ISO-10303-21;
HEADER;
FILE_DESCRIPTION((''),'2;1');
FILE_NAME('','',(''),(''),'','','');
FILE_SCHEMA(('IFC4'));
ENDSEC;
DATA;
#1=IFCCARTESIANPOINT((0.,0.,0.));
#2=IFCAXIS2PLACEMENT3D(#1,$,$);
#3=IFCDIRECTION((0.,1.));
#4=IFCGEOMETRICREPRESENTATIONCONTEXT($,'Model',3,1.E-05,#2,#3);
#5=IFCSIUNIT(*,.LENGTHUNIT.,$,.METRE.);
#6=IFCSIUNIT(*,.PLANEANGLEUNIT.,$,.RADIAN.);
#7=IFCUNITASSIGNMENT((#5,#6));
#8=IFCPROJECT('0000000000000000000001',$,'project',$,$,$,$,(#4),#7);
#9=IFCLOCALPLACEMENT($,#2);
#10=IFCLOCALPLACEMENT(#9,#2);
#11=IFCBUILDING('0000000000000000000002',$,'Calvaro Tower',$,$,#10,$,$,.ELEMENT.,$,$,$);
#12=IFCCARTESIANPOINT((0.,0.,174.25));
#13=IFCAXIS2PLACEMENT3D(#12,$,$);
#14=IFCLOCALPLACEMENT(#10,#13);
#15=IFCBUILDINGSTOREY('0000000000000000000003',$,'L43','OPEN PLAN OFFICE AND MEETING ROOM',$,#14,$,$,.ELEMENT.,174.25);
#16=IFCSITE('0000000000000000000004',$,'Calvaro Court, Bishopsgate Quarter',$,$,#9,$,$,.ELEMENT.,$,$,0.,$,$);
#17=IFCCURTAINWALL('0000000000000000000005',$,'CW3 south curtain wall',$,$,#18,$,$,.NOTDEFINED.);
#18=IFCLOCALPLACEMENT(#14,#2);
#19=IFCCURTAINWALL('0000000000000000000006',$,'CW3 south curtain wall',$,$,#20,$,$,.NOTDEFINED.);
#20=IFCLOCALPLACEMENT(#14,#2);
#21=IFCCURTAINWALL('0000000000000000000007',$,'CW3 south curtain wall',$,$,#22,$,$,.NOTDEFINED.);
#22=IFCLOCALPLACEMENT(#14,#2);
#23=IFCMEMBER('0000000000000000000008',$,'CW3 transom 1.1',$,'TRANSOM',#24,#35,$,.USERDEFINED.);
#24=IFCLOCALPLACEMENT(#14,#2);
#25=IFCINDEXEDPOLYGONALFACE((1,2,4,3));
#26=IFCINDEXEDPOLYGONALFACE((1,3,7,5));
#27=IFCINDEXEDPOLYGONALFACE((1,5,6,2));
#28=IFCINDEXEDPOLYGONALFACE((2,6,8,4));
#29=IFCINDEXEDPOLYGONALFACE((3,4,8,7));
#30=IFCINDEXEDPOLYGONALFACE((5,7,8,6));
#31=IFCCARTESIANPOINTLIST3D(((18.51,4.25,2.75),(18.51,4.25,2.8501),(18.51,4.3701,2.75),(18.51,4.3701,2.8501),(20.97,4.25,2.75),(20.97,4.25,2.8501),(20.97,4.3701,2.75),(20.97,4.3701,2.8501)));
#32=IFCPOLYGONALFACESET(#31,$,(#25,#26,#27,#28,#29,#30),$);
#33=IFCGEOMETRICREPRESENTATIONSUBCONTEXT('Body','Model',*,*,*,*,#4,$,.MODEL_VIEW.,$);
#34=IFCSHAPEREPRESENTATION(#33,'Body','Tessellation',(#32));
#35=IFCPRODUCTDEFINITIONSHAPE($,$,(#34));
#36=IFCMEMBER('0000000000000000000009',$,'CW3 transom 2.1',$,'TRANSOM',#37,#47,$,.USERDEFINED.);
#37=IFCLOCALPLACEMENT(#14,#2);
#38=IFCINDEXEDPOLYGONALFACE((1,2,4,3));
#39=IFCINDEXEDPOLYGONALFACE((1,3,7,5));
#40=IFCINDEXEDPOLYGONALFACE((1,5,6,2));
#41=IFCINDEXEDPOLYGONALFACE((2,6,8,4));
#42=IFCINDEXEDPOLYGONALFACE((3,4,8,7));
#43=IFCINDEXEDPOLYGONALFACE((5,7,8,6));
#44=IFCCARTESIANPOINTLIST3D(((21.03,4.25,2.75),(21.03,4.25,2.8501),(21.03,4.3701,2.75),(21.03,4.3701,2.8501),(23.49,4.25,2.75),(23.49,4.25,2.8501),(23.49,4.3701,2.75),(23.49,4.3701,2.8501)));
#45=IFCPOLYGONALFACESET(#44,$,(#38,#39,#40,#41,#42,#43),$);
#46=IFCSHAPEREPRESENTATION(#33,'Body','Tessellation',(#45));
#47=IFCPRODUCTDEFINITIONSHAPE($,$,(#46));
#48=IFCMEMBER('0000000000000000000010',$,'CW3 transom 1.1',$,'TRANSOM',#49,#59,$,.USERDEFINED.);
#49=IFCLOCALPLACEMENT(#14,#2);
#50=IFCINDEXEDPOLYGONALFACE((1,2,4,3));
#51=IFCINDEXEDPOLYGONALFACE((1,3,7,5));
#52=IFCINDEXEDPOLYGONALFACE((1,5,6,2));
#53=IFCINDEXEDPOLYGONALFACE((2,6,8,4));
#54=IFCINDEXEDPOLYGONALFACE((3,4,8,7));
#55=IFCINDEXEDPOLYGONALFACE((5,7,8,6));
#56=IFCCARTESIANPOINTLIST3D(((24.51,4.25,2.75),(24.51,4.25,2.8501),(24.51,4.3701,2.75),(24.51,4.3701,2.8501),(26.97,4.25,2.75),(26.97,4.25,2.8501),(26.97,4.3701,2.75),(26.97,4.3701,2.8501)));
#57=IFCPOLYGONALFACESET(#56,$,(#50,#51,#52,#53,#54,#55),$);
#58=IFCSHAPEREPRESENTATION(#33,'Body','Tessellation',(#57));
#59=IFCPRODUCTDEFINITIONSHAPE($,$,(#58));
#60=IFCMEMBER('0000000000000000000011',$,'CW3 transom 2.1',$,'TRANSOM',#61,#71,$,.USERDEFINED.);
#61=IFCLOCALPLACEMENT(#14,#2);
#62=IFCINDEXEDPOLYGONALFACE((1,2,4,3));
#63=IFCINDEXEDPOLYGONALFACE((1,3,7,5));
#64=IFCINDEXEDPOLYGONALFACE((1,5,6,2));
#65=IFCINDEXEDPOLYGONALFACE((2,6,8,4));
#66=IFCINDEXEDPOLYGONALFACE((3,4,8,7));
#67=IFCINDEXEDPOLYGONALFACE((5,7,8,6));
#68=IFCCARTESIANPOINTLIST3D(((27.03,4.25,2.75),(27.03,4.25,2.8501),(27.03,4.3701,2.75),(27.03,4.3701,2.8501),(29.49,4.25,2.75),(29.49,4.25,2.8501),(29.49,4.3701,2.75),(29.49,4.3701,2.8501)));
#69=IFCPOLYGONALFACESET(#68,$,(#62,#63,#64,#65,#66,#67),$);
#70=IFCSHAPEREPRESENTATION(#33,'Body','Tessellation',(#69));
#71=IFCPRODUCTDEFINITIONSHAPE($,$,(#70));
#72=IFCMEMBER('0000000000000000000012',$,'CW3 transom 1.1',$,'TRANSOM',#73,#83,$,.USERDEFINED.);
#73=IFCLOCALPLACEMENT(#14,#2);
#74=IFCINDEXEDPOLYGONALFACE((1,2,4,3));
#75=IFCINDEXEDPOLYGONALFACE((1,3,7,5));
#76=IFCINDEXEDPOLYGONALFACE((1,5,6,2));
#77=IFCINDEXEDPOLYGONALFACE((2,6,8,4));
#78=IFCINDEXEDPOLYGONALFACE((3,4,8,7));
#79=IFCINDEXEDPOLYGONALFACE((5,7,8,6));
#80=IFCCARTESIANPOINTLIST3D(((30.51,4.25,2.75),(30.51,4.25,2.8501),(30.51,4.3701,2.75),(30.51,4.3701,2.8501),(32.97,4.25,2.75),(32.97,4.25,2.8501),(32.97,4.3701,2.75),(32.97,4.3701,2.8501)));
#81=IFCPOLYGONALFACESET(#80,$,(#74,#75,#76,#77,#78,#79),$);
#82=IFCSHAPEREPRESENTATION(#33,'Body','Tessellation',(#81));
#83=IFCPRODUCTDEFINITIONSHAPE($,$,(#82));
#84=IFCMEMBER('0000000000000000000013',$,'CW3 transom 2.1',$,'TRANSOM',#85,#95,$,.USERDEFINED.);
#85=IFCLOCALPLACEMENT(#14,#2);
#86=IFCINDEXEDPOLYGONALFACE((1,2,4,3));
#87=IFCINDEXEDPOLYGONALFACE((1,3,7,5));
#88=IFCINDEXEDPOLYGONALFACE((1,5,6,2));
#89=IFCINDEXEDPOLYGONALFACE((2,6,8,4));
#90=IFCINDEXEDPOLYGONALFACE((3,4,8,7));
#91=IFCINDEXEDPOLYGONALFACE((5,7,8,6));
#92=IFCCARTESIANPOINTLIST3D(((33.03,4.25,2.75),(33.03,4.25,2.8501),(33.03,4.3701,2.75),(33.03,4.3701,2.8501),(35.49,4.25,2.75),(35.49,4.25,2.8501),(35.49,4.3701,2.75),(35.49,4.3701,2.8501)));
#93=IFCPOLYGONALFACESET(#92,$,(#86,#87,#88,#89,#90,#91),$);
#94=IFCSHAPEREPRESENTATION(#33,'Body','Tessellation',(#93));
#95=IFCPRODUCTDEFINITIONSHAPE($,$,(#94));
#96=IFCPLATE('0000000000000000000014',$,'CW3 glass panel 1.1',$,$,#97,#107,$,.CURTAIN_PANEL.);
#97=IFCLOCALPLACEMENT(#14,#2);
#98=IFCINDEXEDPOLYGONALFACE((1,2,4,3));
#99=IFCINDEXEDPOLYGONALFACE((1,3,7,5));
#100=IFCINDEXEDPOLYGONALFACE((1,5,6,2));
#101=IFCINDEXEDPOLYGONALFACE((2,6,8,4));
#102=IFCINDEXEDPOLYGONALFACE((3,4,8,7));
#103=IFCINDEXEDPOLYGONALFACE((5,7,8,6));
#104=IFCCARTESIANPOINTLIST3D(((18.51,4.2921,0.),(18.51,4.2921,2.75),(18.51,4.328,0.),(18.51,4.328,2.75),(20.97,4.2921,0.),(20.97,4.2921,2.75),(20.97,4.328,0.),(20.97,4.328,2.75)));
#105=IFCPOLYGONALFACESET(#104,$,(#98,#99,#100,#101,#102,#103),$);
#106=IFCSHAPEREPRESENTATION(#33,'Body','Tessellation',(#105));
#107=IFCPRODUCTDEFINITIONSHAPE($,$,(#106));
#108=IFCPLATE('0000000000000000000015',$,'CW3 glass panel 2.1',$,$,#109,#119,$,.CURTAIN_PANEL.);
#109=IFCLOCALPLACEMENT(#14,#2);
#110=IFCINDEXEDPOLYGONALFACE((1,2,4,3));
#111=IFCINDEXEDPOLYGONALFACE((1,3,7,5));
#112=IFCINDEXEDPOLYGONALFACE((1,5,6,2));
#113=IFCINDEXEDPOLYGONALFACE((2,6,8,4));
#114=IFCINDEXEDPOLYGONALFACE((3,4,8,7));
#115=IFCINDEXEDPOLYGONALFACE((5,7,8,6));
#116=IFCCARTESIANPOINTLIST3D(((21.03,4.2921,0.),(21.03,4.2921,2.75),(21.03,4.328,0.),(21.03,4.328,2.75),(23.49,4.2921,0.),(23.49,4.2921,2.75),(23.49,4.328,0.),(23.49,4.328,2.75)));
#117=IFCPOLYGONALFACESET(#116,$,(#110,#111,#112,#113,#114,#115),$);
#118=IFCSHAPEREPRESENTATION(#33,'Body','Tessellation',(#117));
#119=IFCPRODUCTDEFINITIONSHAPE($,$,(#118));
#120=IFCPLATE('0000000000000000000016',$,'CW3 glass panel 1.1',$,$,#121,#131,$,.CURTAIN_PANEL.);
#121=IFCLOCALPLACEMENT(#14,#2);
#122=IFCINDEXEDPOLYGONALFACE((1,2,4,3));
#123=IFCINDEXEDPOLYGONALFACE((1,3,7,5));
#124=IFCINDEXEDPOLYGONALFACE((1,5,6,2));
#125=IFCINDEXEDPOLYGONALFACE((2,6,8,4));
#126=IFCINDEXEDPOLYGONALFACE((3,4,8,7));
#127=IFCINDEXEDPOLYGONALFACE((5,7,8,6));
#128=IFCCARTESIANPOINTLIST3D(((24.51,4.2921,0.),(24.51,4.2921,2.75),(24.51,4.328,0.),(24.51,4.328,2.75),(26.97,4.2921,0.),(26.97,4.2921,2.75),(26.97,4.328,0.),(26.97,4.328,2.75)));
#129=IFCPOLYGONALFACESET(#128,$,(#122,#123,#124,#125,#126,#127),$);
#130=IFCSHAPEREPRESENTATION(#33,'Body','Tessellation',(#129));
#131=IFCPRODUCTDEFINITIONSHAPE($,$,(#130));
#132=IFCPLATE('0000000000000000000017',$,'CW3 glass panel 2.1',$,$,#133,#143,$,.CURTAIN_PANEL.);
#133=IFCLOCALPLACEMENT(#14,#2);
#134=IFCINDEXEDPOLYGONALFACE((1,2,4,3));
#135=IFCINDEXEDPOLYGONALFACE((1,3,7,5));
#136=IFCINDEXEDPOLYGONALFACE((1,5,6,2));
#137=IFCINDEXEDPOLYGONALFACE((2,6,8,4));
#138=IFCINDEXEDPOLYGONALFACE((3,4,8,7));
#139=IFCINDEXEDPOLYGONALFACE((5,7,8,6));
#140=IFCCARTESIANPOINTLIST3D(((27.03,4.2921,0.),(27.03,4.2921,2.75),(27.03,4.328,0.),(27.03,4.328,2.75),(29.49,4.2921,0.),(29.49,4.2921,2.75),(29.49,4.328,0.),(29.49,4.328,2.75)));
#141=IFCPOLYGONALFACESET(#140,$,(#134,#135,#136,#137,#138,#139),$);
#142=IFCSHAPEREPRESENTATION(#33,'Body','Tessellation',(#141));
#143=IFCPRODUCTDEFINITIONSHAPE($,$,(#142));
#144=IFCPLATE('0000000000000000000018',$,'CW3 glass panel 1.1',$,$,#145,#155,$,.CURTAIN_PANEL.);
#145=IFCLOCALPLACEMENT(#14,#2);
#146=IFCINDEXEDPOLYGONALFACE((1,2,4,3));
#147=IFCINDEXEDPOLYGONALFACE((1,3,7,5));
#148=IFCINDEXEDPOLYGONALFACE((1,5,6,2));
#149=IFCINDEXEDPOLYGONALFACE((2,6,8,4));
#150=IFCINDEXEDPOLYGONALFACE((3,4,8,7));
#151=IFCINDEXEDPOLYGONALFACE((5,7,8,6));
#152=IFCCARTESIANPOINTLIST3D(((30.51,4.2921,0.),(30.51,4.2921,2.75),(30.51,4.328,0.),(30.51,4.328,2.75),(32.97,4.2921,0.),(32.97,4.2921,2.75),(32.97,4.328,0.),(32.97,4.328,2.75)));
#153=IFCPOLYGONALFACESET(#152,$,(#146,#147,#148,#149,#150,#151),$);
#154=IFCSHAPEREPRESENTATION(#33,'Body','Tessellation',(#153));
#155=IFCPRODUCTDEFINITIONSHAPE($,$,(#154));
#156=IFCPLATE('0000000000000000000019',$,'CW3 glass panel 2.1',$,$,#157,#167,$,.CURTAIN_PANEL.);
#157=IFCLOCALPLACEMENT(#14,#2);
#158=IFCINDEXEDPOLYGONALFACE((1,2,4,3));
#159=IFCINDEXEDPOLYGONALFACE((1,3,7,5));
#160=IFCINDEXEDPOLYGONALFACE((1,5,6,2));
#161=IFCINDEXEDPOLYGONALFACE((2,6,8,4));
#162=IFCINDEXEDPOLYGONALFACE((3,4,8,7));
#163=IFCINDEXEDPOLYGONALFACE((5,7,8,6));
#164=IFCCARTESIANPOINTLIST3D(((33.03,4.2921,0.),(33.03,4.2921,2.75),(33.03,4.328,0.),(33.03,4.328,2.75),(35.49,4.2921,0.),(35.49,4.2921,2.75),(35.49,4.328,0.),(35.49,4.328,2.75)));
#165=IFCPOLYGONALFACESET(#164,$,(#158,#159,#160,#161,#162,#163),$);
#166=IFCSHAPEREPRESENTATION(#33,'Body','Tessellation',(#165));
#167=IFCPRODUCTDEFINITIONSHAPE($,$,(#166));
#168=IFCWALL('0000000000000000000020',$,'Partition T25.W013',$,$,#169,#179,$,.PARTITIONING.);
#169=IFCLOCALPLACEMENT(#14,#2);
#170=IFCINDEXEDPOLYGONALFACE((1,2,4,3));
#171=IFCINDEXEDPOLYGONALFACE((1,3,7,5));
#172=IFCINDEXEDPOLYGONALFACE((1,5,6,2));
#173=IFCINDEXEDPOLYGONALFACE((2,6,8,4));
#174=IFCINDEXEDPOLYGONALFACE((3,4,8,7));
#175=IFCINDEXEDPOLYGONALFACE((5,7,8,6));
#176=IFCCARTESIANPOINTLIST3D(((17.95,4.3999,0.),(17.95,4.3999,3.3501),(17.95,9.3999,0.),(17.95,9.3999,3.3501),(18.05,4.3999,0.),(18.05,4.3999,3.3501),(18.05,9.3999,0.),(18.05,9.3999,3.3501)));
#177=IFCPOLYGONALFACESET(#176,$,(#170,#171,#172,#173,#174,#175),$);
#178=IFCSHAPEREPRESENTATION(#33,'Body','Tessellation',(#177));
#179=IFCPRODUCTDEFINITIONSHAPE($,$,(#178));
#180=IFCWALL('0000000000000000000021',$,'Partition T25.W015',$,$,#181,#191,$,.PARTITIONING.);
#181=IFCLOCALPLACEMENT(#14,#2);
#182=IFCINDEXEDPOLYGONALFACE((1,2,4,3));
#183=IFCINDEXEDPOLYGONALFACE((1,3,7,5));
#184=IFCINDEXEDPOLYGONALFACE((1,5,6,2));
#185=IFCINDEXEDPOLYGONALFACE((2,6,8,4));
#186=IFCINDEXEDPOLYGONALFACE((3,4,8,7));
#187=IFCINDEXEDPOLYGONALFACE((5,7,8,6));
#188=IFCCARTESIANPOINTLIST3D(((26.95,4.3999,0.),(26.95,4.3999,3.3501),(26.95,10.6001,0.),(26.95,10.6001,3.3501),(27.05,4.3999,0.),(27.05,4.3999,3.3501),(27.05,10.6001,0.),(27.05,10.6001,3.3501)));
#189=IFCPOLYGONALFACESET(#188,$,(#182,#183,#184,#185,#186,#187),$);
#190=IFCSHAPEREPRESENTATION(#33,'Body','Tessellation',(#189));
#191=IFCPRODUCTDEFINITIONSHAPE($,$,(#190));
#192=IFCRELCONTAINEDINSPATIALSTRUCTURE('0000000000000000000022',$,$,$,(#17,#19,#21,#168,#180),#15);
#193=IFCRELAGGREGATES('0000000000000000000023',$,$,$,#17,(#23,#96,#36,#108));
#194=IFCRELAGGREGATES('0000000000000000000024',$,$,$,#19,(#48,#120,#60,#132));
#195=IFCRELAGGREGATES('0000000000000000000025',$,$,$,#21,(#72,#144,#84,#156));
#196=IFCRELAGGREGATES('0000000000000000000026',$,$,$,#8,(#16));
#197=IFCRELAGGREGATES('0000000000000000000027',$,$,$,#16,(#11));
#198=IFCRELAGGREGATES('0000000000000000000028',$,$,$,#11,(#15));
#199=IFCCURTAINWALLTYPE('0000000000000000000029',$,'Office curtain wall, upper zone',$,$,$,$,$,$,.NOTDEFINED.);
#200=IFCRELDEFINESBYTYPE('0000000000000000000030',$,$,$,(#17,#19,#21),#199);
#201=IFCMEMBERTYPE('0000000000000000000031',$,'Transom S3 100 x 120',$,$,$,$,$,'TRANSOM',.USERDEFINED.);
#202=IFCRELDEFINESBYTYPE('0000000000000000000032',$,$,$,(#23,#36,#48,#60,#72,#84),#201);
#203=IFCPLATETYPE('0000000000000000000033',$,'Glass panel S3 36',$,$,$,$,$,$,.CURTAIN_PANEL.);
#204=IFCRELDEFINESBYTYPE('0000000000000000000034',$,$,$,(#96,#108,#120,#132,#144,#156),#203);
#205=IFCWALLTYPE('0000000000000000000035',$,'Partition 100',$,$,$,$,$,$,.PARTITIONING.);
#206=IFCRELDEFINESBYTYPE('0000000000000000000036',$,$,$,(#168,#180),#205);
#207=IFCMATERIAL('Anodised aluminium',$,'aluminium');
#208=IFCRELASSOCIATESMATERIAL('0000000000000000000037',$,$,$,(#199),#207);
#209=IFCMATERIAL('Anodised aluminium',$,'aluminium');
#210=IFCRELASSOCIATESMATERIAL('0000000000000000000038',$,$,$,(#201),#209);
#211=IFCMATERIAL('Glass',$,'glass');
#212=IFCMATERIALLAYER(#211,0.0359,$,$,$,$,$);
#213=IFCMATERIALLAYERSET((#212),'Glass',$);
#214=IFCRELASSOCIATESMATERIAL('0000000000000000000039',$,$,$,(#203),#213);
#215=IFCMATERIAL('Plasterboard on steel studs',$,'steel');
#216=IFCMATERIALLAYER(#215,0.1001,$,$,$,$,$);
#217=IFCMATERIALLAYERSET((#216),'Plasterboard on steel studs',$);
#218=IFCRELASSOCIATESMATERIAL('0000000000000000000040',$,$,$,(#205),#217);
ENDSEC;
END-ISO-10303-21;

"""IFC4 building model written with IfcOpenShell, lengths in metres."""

from ifc_helpers import new_model, si_unit, direction, frame, frame_2d, origin, origin_2d, place, context, subcontext, project, spatial, rectangle, extrude, material, layer, layer_set, material_profile, profile_set, type_object, element, aggregate, save


model = new_model("IFC4")

# Units and contexts
model_context = context("Model", 3, precision=1e-05, world=origin(), true_north=direction((0.0, 1.0)))
body_context = subcontext(model_context, "Body", "Model", "MODEL_VIEW")
ifc_project = project(units=[si_unit("LENGTHUNIT", "METRE"), si_unit("PLANEANGLEUNIT", "RADIAN")], contexts=[model_context])

# Site, building, storey
site_placement = place(None, origin())
site = spatial("IfcSite", under=ifc_project, at=site_placement, Name="Calvaro Court, Bishopsgate Quarter", CompositionType="ELEMENT", RefElevation=0.0)
building_placement = place(site_placement, origin())
building = spatial("IfcBuilding", under=site, at=building_placement, Name="Calvaro Tower", CompositionType="ELEMENT")
storey_placement = place(building_placement, frame((0.0, 0.0, 174.25)))
storey = spatial("IfcBuildingStorey", under=building, at=storey_placement, Name="L43", Description="OPEN PLAN OFFICE AND MEETING ROOM", CompositionType="ELEMENT", Elevation=174.25)

# Shared definitions
ifc_material_1 = material(Name="Anodised aluminium", Category="aluminium")
curtain_wall_type = type_object("IfcCurtainWallType", Name="Office curtain wall, upper zone", PredefinedType="NOTDEFINED", material=ifc_material_1)

# Curtain walls
curtain_wall_1_placement = place(storey_placement, origin())
curtain_wall_1 = element("IfcCurtainWall", 1, at=curtain_wall_1_placement, inside=storey, type_object=curtain_wall_type, Name="CW3 south curtain wall", PredefinedType="NOTDEFINED")
curtain_wall_2_placement = place(storey_placement, origin())
curtain_wall_2 = element("IfcCurtainWall", 2, at=curtain_wall_2_placement, inside=storey, type_object=curtain_wall_type, Name="CW3 south curtain wall", PredefinedType="NOTDEFINED")
curtain_wall_3_placement = place(storey_placement, origin())
curtain_wall_3 = element("IfcCurtainWall", 3, at=curtain_wall_3_placement, inside=storey, type_object=curtain_wall_type, Name="CW3 south curtain wall", PredefinedType="NOTDEFINED")

# Members
ifc_material_2 = material(Name="Anodised aluminium", Category="aluminium")
ifc_material_profile_1 = material_profile(ifc_material_2, rectangle(XDim=0.1201, YDim=0.1001, at=origin_2d()), Name="Transom S3 100 x 120")
ifc_profile_set_1 = profile_set([ifc_material_profile_1], Name="Anodised aluminium")
member_type_1 = type_object("IfcMemberType", Name="Transom S3 100 x 120", ElementType="TRANSOM", PredefinedType="USERDEFINED", material=ifc_profile_set_1)
member_1_placement = place(storey_placement, frame((18.51, 4.3101, 2.8), z_axis=(1.0, 0.0, 0.0), x_axis=(0.0, 1.0, 0.0)))
member_1 = element("IfcMember", 4, at=member_1_placement, type_object=member_type_1, Name="CW3 transom 1.1", ObjectType="TRANSOM", PredefinedType="USERDEFINED", context=body_context, shape_type="SweptSolid", body=[
    extrude(rectangle(XDim=0.1201, YDim=0.1001, at=origin_2d()), origin(), (0.0, 0.0, 1.0), 2.46),
])
member_2_placement = place(storey_placement, frame((21.03, 4.3101, 2.8), z_axis=(1.0, 0.0, 0.0), x_axis=(0.0, 1.0, 0.0)))
member_2 = element("IfcMember", 5, at=member_2_placement, type_object=member_type_1, Name="CW3 transom 2.1", ObjectType="TRANSOM", PredefinedType="USERDEFINED", context=body_context, shape_type="SweptSolid", body=[
    extrude(rectangle(XDim=0.1201, YDim=0.1001, at=origin_2d()), origin(), (0.0, 0.0, 1.0), 2.46),
])
member_3_placement = place(storey_placement, frame((24.51, 4.3101, 2.8), z_axis=(1.0, 0.0, 0.0), x_axis=(0.0, 1.0, 0.0)))
member_3 = element("IfcMember", 6, at=member_3_placement, type_object=member_type_1, Name="CW3 transom 1.1", ObjectType="TRANSOM", PredefinedType="USERDEFINED", context=body_context, shape_type="SweptSolid", body=[
    extrude(rectangle(XDim=0.1201, YDim=0.1001, at=origin_2d()), origin(), (0.0, 0.0, 1.0), 2.46),
])
member_4_placement = place(storey_placement, frame((27.03, 4.3101, 2.8), z_axis=(1.0, 0.0, 0.0), x_axis=(0.0, 1.0, 0.0)))
member_4 = element("IfcMember", 7, at=member_4_placement, type_object=member_type_1, Name="CW3 transom 2.1", ObjectType="TRANSOM", PredefinedType="USERDEFINED", context=body_context, shape_type="SweptSolid", body=[
    extrude(rectangle(XDim=0.1201, YDim=0.1001, at=origin_2d()), origin(), (0.0, 0.0, 1.0), 2.46),
])
member_5_placement = place(storey_placement, frame((30.51, 4.3101, 2.8), z_axis=(1.0, 0.0, 0.0), x_axis=(0.0, 1.0, 0.0)))
member_5 = element("IfcMember", 8, at=member_5_placement, type_object=member_type_1, Name="CW3 transom 1.1", ObjectType="TRANSOM", PredefinedType="USERDEFINED", context=body_context, shape_type="SweptSolid", body=[
    extrude(rectangle(XDim=0.1201, YDim=0.1001, at=origin_2d()), origin(), (0.0, 0.0, 1.0), 2.46),
])
member_6_placement = place(storey_placement, frame((33.03, 4.3101, 2.8), z_axis=(1.0, 0.0, 0.0), x_axis=(0.0, 1.0, 0.0)))
member_6 = element("IfcMember", 9, at=member_6_placement, type_object=member_type_1, Name="CW3 transom 2.1", ObjectType="TRANSOM", PredefinedType="USERDEFINED", context=body_context, shape_type="SweptSolid", body=[
    extrude(rectangle(XDim=0.1201, YDim=0.1001, at=origin_2d()), origin(), (0.0, 0.0, 1.0), 2.46),
])

# Plates
ifc_material_3 = material(Name="Glass", Category="glass")
ifc_layer_1 = layer(ifc_material_3, 0.0359)
ifc_layer_set_1 = layer_set([ifc_layer_1], Name="Glass")
plate_type = type_object("IfcPlateType", Name="Glass panel S3 36", PredefinedType="CURTAIN_PANEL", material=ifc_layer_set_1)
plate_1_placement = place(storey_placement, frame((19.74, 4.3101, 0.0), z_axis=(0.0, 0.0, 1.0), x_axis=(1.0, 0.0, 0.0)))
plate_1 = element("IfcPlate", 10, at=plate_1_placement, type_object=plate_type, Name="CW3 glass panel 1.1", PredefinedType="CURTAIN_PANEL", context=body_context, shape_type="SweptSolid", body=[
    extrude(rectangle(XDim=2.46, YDim=0.0359, at=origin_2d()), origin(), (0.0, 0.0, 1.0), 2.75),
])
plate_2_placement = place(storey_placement, frame((22.26, 4.3101, 0.0), z_axis=(0.0, 0.0, 1.0), x_axis=(1.0, 0.0, 0.0)))
plate_2 = element("IfcPlate", 11, at=plate_2_placement, type_object=plate_type, Name="CW3 glass panel 2.1", PredefinedType="CURTAIN_PANEL", context=body_context, shape_type="SweptSolid", body=[
    extrude(rectangle(XDim=2.46, YDim=0.0359, at=origin_2d()), origin(), (0.0, 0.0, 1.0), 2.75),
])
aggregate(curtain_wall_1, [member_1, plate_1, member_2, plate_2])
plate_3_placement = place(storey_placement, frame((25.74, 4.3101, 0.0), z_axis=(0.0, 0.0, 1.0), x_axis=(1.0, 0.0, 0.0)))
plate_3 = element("IfcPlate", 12, at=plate_3_placement, type_object=plate_type, Name="CW3 glass panel 1.1", PredefinedType="CURTAIN_PANEL", context=body_context, shape_type="SweptSolid", body=[
    extrude(rectangle(XDim=2.46, YDim=0.0359, at=origin_2d()), origin(), (0.0, 0.0, 1.0), 2.75),
])
plate_4_placement = place(storey_placement, frame((28.26, 4.3101, 0.0), z_axis=(0.0, 0.0, 1.0), x_axis=(1.0, 0.0, 0.0)))
plate_4 = element("IfcPlate", 13, at=plate_4_placement, type_object=plate_type, Name="CW3 glass panel 2.1", PredefinedType="CURTAIN_PANEL", context=body_context, shape_type="SweptSolid", body=[
    extrude(rectangle(XDim=2.46, YDim=0.0359, at=origin_2d()), origin(), (0.0, 0.0, 1.0), 2.75),
])
aggregate(curtain_wall_2, [member_3, plate_3, member_4, plate_4])
plate_5_placement = place(storey_placement, frame((31.74, 4.3101, 0.0), z_axis=(0.0, 0.0, 1.0), x_axis=(1.0, 0.0, 0.0)))
plate_5 = element("IfcPlate", 14, at=plate_5_placement, type_object=plate_type, Name="CW3 glass panel 1.1", PredefinedType="CURTAIN_PANEL", context=body_context, shape_type="SweptSolid", body=[
    extrude(rectangle(XDim=2.46, YDim=0.0359, at=origin_2d()), origin(), (0.0, 0.0, 1.0), 2.75),
])
plate_6_placement = place(storey_placement, frame((34.26, 4.3101, 0.0), z_axis=(0.0, 0.0, 1.0), x_axis=(1.0, 0.0, 0.0)))
plate_6 = element("IfcPlate", 15, at=plate_6_placement, type_object=plate_type, Name="CW3 glass panel 2.1", PredefinedType="CURTAIN_PANEL", context=body_context, shape_type="SweptSolid", body=[
    extrude(rectangle(XDim=2.46, YDim=0.0359, at=origin_2d()), origin(), (0.0, 0.0, 1.0), 2.75),
])
aggregate(curtain_wall_3, [member_5, plate_5, member_6, plate_6])

# Walls
ifc_material_4 = material(Name="Plasterboard on steel studs", Category="steel")
ifc_layer_2 = layer(ifc_material_4, 0.1001)
ifc_layer_set_2 = layer_set([ifc_layer_2], Name="Plasterboard on steel studs")
wall_type = type_object("IfcWallType", Name="Partition 100", PredefinedType="PARTITIONING", material=ifc_layer_set_2)
wall_1_placement = place(storey_placement, frame((18.0, 4.3999, 0.0), z_axis=(0.0, 0.0, 1.0), x_axis=(0.0, 1.0, 0.0)))
element("IfcWall", 16, at=wall_1_placement, inside=storey, type_object=wall_type, Name="Partition T25.W013", PredefinedType="PARTITIONING", context=body_context, shape_type="SweptSolid", body=[
    extrude(rectangle(XDim=5.0, YDim=0.1001, at=frame_2d((2.5, 0.0))), origin(), (0.0, 0.0, 1.0), 3.3501),
])
wall_2_placement = place(storey_placement, frame((27.0, 4.3999, 0.0), z_axis=(0.0, 0.0, 1.0), x_axis=(0.0, 1.0, 0.0)))
element("IfcWall", 17, at=wall_2_placement, inside=storey, type_object=wall_type, Name="Partition T25.W015", PredefinedType="PARTITIONING", context=body_context, shape_type="SweptSolid", body=[
    extrude(rectangle(XDim=6.2002, YDim=0.1001, at=frame_2d((3.1001, 0.0))), origin(), (0.0, 0.0, 1.0), 3.3501),
])

save(model, "model.ifc")
